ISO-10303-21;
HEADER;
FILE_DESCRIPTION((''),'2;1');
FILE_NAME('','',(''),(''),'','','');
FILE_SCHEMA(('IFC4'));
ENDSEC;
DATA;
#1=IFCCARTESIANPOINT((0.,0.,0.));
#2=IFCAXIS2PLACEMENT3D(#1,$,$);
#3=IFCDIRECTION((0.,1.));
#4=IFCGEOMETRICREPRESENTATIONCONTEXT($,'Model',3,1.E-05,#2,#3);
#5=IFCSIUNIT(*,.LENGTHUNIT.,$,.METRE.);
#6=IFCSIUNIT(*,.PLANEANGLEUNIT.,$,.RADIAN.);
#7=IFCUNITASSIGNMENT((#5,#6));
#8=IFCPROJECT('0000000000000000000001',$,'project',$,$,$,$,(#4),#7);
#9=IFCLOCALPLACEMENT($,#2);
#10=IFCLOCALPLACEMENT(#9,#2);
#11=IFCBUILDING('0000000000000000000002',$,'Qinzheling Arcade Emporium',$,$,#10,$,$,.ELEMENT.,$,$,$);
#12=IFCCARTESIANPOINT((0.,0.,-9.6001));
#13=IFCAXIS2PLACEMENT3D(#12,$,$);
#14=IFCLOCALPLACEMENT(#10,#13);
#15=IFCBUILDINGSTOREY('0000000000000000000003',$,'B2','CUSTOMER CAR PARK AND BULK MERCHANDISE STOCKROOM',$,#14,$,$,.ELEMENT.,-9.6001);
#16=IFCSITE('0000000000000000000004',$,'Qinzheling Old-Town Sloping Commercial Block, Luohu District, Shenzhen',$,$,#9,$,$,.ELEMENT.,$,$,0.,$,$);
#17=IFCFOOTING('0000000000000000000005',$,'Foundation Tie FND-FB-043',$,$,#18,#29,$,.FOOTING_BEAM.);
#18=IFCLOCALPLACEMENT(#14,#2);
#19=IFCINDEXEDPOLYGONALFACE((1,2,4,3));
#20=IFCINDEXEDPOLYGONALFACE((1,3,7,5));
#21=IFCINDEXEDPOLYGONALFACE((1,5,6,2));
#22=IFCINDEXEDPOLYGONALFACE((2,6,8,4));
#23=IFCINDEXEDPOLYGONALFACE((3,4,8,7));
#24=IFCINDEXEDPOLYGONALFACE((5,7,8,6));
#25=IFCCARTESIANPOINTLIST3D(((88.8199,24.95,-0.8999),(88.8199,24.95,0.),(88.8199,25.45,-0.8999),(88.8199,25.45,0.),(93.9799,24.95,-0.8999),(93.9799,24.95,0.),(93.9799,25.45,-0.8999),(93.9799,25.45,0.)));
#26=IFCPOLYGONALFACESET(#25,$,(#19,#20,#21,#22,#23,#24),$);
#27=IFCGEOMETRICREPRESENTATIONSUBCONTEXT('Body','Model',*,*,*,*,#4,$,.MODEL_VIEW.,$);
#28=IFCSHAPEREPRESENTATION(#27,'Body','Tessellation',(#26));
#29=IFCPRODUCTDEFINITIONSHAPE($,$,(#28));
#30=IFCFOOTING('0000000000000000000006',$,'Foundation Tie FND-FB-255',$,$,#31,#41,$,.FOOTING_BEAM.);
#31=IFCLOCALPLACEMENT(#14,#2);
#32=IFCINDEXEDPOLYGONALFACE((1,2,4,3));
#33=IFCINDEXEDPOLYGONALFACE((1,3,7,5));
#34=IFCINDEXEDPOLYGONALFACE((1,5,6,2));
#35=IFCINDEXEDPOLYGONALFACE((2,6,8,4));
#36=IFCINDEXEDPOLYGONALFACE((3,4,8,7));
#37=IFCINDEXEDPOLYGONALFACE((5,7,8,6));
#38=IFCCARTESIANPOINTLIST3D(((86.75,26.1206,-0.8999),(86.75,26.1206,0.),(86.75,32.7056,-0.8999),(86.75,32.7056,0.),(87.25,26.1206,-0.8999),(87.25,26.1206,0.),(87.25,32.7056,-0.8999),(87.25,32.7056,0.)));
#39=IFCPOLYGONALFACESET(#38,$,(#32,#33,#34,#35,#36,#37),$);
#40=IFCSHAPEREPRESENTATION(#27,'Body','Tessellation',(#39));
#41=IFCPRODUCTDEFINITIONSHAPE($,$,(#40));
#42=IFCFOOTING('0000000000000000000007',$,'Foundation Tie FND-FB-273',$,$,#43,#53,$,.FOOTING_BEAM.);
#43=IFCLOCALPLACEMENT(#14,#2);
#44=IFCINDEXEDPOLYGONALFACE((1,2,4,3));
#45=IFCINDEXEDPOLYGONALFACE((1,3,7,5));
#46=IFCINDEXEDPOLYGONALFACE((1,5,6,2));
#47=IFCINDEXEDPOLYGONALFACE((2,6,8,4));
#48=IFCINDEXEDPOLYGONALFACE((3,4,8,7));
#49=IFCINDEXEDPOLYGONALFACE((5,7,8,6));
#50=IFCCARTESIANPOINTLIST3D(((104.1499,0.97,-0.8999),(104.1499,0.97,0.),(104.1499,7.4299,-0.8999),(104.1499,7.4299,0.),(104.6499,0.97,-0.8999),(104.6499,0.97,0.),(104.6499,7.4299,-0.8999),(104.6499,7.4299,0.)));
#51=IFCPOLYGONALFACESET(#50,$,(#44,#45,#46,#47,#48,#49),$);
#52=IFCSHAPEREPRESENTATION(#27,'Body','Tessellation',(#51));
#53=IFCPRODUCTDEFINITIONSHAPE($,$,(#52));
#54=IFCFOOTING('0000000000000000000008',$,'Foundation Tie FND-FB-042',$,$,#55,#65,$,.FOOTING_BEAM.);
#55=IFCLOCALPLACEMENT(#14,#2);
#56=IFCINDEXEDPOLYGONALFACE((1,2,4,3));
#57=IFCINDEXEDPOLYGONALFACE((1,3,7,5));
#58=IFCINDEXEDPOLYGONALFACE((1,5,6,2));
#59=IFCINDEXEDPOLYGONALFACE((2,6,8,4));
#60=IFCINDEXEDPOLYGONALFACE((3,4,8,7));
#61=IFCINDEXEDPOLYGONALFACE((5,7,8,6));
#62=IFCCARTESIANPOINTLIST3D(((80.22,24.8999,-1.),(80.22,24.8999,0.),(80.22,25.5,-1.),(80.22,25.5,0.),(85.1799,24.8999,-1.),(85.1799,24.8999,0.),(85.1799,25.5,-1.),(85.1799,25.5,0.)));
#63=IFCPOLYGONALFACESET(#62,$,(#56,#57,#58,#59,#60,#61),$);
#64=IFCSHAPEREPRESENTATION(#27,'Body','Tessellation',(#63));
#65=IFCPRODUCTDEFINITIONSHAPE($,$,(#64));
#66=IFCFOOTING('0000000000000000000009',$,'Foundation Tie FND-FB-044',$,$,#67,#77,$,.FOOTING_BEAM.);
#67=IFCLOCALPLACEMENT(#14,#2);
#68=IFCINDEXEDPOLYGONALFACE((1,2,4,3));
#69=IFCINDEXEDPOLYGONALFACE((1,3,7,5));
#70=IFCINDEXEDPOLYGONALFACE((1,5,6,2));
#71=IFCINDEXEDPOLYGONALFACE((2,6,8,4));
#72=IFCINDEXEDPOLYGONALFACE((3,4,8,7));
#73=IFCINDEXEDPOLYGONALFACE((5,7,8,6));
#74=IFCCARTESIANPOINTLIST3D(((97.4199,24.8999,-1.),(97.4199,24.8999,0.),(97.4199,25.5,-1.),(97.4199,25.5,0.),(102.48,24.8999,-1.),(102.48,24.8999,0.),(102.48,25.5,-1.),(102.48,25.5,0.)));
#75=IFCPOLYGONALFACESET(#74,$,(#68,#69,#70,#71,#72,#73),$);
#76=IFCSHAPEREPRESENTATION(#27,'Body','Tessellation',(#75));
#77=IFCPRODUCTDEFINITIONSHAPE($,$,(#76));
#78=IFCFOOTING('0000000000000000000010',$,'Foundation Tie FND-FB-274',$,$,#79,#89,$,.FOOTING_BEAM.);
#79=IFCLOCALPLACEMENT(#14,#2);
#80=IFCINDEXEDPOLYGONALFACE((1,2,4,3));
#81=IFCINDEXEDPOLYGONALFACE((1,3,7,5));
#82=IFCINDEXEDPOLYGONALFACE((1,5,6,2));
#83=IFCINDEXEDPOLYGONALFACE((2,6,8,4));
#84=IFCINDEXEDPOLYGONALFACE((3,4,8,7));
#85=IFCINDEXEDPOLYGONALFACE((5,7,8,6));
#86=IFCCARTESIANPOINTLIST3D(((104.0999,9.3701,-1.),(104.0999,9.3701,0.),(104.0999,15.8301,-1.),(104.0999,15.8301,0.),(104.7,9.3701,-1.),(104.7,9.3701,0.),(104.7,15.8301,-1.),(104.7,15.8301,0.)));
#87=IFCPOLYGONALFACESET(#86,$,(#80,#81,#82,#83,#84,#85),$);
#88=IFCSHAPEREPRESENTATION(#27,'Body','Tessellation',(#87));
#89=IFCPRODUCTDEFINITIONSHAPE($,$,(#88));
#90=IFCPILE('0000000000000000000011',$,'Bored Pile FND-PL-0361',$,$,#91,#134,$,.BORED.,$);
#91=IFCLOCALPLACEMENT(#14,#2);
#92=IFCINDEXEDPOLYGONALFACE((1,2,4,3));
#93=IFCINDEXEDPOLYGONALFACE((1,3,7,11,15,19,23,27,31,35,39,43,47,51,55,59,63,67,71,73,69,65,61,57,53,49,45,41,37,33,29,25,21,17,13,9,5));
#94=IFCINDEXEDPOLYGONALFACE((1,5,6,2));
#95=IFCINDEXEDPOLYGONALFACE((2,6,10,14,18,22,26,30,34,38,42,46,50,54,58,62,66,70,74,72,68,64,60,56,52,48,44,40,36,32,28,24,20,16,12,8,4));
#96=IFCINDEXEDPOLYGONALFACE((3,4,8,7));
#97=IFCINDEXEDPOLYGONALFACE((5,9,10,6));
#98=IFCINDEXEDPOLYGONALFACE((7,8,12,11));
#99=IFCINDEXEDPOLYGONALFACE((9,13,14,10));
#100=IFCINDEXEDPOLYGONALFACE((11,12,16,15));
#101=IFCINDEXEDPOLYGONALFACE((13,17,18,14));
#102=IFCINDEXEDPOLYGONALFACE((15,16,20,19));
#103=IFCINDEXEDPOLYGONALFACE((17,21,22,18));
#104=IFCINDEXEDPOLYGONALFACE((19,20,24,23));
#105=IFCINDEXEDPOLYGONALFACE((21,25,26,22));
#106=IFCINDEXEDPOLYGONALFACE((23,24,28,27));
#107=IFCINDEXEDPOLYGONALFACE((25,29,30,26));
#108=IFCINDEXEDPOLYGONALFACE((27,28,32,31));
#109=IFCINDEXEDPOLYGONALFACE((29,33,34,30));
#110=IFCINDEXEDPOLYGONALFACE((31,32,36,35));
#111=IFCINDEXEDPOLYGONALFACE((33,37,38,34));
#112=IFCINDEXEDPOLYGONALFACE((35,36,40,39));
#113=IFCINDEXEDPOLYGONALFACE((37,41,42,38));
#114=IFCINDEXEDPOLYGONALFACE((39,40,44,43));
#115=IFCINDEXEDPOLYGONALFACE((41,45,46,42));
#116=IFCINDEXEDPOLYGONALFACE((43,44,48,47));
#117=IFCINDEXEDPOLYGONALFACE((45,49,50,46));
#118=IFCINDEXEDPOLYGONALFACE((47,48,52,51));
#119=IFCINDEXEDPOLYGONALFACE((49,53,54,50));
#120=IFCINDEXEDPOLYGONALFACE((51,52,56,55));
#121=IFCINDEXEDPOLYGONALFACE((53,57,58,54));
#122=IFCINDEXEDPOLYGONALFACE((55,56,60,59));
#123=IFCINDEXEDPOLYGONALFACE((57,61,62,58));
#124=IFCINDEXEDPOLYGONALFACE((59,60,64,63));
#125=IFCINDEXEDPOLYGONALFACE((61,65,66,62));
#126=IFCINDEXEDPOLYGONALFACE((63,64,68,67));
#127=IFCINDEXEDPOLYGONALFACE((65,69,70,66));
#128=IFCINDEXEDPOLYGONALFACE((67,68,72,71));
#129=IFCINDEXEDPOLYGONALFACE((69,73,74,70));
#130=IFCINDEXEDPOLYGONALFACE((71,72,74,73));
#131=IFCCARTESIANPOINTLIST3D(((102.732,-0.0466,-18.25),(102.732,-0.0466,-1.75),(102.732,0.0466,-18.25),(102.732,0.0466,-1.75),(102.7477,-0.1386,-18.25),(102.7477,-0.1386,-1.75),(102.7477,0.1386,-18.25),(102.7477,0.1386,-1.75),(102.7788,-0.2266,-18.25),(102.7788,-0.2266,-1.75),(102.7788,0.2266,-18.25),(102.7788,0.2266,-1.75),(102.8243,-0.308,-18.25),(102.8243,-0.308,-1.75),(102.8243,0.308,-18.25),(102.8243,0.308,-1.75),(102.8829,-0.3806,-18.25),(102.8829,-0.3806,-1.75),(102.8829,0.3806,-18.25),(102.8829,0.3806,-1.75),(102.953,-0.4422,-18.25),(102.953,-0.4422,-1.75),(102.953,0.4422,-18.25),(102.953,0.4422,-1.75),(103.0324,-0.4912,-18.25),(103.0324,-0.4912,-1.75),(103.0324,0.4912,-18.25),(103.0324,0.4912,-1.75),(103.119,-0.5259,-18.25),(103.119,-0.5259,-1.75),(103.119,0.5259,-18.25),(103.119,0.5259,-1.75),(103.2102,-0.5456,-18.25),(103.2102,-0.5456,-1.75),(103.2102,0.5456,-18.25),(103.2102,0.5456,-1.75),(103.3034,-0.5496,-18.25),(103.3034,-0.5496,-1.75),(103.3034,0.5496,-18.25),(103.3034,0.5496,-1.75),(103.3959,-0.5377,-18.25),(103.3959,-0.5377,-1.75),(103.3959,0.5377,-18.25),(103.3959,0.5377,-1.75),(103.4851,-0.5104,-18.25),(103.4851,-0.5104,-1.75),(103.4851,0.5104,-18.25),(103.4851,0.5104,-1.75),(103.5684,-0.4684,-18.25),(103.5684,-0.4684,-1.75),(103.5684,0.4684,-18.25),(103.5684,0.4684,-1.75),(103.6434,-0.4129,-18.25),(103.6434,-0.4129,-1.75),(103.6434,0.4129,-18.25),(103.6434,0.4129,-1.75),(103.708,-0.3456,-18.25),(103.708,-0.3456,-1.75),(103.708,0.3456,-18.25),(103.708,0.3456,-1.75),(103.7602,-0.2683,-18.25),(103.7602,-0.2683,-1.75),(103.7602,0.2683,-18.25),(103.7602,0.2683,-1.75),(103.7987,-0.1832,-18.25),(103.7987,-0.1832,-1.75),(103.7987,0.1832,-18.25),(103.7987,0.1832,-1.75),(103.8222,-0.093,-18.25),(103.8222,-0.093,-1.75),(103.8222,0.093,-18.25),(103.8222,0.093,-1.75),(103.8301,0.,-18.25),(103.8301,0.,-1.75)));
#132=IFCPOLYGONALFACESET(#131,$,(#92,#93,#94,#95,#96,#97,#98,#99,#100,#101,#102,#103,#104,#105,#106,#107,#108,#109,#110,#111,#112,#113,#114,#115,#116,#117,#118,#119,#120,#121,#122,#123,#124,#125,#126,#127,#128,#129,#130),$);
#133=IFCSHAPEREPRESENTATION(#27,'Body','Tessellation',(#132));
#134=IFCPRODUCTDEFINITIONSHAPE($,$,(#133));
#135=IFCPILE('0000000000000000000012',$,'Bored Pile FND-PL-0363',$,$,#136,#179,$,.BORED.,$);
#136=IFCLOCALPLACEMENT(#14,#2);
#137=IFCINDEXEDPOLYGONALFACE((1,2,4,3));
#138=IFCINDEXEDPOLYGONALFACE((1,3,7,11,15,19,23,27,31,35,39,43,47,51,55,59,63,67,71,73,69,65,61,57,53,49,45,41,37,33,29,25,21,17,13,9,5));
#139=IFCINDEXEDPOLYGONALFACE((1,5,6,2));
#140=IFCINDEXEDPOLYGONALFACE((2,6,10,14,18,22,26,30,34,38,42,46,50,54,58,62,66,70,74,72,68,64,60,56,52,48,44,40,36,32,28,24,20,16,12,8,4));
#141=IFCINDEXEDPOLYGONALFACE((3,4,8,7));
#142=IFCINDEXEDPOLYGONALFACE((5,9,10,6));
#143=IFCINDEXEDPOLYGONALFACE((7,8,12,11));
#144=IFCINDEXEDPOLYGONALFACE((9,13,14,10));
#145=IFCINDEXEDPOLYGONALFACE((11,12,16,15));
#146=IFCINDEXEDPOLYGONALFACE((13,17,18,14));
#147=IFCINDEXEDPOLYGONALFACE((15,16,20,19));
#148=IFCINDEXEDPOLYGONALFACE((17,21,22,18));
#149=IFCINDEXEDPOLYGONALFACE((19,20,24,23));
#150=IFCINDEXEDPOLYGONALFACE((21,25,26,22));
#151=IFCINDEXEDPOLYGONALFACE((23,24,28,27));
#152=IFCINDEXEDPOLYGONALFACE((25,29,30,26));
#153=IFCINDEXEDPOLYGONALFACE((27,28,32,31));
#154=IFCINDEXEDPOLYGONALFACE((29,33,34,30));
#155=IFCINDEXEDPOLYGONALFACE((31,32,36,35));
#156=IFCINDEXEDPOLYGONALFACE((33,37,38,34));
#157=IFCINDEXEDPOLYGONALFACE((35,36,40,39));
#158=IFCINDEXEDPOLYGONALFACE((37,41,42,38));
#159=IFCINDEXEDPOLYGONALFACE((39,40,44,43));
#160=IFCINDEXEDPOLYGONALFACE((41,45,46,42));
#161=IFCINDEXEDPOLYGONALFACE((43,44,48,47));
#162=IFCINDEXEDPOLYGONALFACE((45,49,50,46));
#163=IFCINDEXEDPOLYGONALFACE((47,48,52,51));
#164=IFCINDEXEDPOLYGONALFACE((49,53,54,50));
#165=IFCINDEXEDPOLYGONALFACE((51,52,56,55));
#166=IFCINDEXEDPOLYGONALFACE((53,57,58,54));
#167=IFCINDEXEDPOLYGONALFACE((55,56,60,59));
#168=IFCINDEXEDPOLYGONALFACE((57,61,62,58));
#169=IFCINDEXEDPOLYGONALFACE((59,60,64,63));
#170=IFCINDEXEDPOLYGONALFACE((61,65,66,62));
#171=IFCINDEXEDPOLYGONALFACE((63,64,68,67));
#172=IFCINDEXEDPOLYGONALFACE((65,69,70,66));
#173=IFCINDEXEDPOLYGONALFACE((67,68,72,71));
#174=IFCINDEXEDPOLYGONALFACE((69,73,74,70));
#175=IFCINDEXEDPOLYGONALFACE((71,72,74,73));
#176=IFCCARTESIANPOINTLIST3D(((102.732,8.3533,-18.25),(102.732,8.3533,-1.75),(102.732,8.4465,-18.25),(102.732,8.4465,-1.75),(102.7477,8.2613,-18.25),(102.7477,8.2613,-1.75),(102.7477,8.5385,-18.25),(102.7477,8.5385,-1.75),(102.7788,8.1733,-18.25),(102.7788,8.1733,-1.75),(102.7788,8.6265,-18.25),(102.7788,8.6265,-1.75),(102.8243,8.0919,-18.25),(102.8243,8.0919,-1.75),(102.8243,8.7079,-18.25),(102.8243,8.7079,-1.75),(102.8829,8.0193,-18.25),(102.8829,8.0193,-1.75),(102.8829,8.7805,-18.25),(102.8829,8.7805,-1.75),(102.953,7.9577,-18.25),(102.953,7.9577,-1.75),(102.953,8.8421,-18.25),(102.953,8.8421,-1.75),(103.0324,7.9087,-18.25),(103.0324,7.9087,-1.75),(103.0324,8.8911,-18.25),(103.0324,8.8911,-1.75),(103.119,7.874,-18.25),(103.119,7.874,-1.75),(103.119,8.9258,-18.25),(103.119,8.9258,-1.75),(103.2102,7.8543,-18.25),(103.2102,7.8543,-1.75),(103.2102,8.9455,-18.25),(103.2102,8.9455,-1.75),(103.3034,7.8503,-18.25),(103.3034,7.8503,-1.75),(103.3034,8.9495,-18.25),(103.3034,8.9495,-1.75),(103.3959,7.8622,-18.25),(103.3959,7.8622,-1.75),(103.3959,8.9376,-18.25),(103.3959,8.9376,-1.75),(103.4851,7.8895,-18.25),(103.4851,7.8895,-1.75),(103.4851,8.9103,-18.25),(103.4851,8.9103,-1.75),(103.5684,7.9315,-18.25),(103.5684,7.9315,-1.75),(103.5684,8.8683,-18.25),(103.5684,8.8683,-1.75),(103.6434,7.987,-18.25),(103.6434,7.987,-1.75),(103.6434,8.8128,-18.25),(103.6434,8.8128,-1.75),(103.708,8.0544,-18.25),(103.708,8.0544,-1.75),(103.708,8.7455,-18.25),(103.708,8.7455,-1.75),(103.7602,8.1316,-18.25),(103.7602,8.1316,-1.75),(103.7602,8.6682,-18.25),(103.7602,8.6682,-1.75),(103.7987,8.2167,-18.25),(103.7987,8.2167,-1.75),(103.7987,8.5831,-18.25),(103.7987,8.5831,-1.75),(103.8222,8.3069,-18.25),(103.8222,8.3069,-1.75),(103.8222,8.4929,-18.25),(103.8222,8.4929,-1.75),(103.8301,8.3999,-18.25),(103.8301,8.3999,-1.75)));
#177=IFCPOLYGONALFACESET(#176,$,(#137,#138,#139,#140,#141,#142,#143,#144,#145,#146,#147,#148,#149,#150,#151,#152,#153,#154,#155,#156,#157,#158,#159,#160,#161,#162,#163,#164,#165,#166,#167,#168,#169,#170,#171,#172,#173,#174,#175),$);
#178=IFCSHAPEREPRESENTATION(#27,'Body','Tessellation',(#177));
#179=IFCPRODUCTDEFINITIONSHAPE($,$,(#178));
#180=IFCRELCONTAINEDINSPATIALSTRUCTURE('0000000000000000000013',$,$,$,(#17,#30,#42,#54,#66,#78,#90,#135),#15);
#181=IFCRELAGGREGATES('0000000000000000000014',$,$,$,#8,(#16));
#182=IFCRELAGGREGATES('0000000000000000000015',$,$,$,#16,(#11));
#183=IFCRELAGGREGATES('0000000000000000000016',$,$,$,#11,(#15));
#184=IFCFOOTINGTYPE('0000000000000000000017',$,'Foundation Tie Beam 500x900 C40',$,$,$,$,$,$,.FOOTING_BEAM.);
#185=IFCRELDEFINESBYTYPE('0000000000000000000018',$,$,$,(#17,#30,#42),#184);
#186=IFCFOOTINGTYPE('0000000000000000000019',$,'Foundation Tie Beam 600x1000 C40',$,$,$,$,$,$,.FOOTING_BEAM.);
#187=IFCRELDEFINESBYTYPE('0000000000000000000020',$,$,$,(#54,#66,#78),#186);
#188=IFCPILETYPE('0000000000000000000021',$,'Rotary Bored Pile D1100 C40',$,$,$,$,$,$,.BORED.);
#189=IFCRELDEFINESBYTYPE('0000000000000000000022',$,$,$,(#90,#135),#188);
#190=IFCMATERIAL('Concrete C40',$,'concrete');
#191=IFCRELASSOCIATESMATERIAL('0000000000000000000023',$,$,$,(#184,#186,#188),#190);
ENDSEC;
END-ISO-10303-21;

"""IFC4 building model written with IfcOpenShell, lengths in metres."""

from ifc_helpers import new_model, si_unit, direction, frame, origin, origin_2d, place, context, subcontext, project, spatial, rectangle, circle, extrude, material, material_profile, profile_set, type_object, element, save


model = new_model("IFC4")

# Units and contexts
model_context = context("Model", 3, precision=1e-05, world=origin(), true_north=direction((0.0, 1.0)))
body_context = subcontext(model_context, "Body", "Model", "MODEL_VIEW")
ifc_project = project(units=[si_unit("LENGTHUNIT", "METRE"), si_unit("PLANEANGLEUNIT", "RADIAN")], contexts=[model_context])

# Site, building, storey
site_placement = place(None, origin())
site = spatial("IfcSite", under=ifc_project, at=site_placement, Name="Qinzheling Old-Town Sloping Commercial Block, Luohu District, Shenzhen", CompositionType="ELEMENT", RefElevation=0.0)
building_placement = place(site_placement, origin())
building = spatial("IfcBuilding", under=site, at=building_placement, Name="Qinzheling Arcade Emporium", CompositionType="ELEMENT")
storey_placement = place(building_placement, frame((0.0, 0.0, -9.6001)))
storey = spatial("IfcBuildingStorey", under=building, at=storey_placement, Name="B2", Description="CUSTOMER CAR PARK AND BULK MERCHANDISE STOCKROOM", CompositionType="ELEMENT", Elevation=-9.6001)

# Footings
ifc_material_1 = material(Name="Concrete C40", Category="concrete")
footing_type_1 = type_object("IfcFootingType", Name="Foundation Tie Beam 500x900 C40", PredefinedType="FOOTING_BEAM", material=ifc_material_1)
footing_1_placement = place(storey_placement, frame((91.3999, 25.2, -0.8999), z_axis=(0.0, 0.0, 1.0), x_axis=(1.0, 0.0, 0.0)))
element("IfcFooting", 1, at=footing_1_placement, inside=storey, type_object=footing_type_1, Name="Foundation Tie FND-FB-043", PredefinedType="FOOTING_BEAM", context=body_context, shape_type="SweptSolid", body=[
    extrude(rectangle(XDim=5.1599, YDim=0.5, at=origin_2d()), origin(), (0.0, 0.0, 1.0), 0.8999),
])
footing_2_placement = place(storey_placement, frame((87.0, 29.4131, -0.8999), z_axis=(0.0, 0.0, 1.0), x_axis=(1.0, 0.0, 0.0)))
element("IfcFooting", 2, at=footing_2_placement, inside=storey, type_object=footing_type_1, Name="Foundation Tie FND-FB-255", PredefinedType="FOOTING_BEAM", context=body_context, shape_type="SweptSolid", body=[
    extrude(rectangle(XDim=0.5, YDim=6.585, at=origin_2d()), origin(), (0.0, 0.0, 1.0), 0.8999),
])
footing_3_placement = place(storey_placement, frame((104.3999, 4.2, -0.8999), z_axis=(0.0, 0.0, 1.0), x_axis=(1.0, 0.0, 0.0)))
element("IfcFooting", 3, at=footing_3_placement, inside=storey, type_object=footing_type_1, Name="Foundation Tie FND-FB-273", PredefinedType="FOOTING_BEAM", context=body_context, shape_type="SweptSolid", body=[
    extrude(rectangle(XDim=0.5, YDim=6.46, at=origin_2d()), origin(), (0.0, 0.0, 1.0), 0.8999),
])
footing_type_2 = type_object("IfcFootingType", Name="Foundation Tie Beam 600x1000 C40", PredefinedType="FOOTING_BEAM", material=ifc_material_1)
footing_4_placement = place(storey_placement, frame((82.7, 25.2, -1.0), z_axis=(0.0, 0.0, 1.0), x_axis=(1.0, 0.0, 0.0)))
element("IfcFooting", 4, at=footing_4_placement, inside=storey, type_object=footing_type_2, Name="Foundation Tie FND-FB-042", PredefinedType="FOOTING_BEAM", context=body_context, shape_type="SweptSolid", body=[
    extrude(rectangle(XDim=4.96, YDim=0.6001, at=origin_2d()), origin(), (0.0, 0.0, 1.0), 1.0),
])
footing_5_placement = place(storey_placement, frame((99.95, 25.2, -1.0), z_axis=(0.0, 0.0, 1.0), x_axis=(1.0, 0.0, 0.0)))
element("IfcFooting", 5, at=footing_5_placement, inside=storey, type_object=footing_type_2, Name="Foundation Tie FND-FB-044", PredefinedType="FOOTING_BEAM", context=body_context, shape_type="SweptSolid", body=[
    extrude(rectangle(XDim=5.0601, YDim=0.6001, at=origin_2d()), origin(), (0.0, 0.0, 1.0), 1.0),
])
footing_6_placement = place(storey_placement, frame((104.3999, 12.6001, -1.0), z_axis=(0.0, 0.0, 1.0), x_axis=(1.0, 0.0, 0.0)))
element("IfcFooting", 6, at=footing_6_placement, inside=storey, type_object=footing_type_2, Name="Foundation Tie FND-FB-274", PredefinedType="FOOTING_BEAM", context=body_context, shape_type="SweptSolid", body=[
    extrude(rectangle(XDim=0.6001, YDim=6.46, at=origin_2d()), origin(), (0.0, 0.0, 1.0), 1.0),
])

# Piles
ifc_material_profile_1 = material_profile(ifc_material_1, circle(Radius=0.55, at=origin_2d()), Name="BORED D1100", Category="concrete")
ifc_profile_set_1 = profile_set([ifc_material_profile_1], Name="Concrete C40")
pile_type_1 = type_object("IfcPileType", Name="Rotary Bored Pile D1100 C40", PredefinedType="BORED", material=ifc_profile_set_1)
for number, where, z_axis, x_axis, name in (
    (7, (103.28, 0.0, -1.75), (0.0, 0.0, -1.0), (1.0, 0.0, 0.0), "Bored Pile FND-PL-0361"),
    (8, (103.28, 8.3999, -1.75), (0.0, 0.0, -1.0), (1.0, 0.0, 0.0), "Bored Pile FND-PL-0363"),
):
    element("IfcPile", number, at=place(storey_placement, frame(where, z_axis=z_axis, x_axis=x_axis)), inside=storey, type_object=pile_type_1, Name=name, PredefinedType="BORED", context=body_context, shape_type="SweptSolid", body=[
        extrude(circle(Radius=0.55, at=origin_2d()), origin(), (0.0, 0.0, 1.0), 16.5),
    ])

save(model, "model.ifc")
